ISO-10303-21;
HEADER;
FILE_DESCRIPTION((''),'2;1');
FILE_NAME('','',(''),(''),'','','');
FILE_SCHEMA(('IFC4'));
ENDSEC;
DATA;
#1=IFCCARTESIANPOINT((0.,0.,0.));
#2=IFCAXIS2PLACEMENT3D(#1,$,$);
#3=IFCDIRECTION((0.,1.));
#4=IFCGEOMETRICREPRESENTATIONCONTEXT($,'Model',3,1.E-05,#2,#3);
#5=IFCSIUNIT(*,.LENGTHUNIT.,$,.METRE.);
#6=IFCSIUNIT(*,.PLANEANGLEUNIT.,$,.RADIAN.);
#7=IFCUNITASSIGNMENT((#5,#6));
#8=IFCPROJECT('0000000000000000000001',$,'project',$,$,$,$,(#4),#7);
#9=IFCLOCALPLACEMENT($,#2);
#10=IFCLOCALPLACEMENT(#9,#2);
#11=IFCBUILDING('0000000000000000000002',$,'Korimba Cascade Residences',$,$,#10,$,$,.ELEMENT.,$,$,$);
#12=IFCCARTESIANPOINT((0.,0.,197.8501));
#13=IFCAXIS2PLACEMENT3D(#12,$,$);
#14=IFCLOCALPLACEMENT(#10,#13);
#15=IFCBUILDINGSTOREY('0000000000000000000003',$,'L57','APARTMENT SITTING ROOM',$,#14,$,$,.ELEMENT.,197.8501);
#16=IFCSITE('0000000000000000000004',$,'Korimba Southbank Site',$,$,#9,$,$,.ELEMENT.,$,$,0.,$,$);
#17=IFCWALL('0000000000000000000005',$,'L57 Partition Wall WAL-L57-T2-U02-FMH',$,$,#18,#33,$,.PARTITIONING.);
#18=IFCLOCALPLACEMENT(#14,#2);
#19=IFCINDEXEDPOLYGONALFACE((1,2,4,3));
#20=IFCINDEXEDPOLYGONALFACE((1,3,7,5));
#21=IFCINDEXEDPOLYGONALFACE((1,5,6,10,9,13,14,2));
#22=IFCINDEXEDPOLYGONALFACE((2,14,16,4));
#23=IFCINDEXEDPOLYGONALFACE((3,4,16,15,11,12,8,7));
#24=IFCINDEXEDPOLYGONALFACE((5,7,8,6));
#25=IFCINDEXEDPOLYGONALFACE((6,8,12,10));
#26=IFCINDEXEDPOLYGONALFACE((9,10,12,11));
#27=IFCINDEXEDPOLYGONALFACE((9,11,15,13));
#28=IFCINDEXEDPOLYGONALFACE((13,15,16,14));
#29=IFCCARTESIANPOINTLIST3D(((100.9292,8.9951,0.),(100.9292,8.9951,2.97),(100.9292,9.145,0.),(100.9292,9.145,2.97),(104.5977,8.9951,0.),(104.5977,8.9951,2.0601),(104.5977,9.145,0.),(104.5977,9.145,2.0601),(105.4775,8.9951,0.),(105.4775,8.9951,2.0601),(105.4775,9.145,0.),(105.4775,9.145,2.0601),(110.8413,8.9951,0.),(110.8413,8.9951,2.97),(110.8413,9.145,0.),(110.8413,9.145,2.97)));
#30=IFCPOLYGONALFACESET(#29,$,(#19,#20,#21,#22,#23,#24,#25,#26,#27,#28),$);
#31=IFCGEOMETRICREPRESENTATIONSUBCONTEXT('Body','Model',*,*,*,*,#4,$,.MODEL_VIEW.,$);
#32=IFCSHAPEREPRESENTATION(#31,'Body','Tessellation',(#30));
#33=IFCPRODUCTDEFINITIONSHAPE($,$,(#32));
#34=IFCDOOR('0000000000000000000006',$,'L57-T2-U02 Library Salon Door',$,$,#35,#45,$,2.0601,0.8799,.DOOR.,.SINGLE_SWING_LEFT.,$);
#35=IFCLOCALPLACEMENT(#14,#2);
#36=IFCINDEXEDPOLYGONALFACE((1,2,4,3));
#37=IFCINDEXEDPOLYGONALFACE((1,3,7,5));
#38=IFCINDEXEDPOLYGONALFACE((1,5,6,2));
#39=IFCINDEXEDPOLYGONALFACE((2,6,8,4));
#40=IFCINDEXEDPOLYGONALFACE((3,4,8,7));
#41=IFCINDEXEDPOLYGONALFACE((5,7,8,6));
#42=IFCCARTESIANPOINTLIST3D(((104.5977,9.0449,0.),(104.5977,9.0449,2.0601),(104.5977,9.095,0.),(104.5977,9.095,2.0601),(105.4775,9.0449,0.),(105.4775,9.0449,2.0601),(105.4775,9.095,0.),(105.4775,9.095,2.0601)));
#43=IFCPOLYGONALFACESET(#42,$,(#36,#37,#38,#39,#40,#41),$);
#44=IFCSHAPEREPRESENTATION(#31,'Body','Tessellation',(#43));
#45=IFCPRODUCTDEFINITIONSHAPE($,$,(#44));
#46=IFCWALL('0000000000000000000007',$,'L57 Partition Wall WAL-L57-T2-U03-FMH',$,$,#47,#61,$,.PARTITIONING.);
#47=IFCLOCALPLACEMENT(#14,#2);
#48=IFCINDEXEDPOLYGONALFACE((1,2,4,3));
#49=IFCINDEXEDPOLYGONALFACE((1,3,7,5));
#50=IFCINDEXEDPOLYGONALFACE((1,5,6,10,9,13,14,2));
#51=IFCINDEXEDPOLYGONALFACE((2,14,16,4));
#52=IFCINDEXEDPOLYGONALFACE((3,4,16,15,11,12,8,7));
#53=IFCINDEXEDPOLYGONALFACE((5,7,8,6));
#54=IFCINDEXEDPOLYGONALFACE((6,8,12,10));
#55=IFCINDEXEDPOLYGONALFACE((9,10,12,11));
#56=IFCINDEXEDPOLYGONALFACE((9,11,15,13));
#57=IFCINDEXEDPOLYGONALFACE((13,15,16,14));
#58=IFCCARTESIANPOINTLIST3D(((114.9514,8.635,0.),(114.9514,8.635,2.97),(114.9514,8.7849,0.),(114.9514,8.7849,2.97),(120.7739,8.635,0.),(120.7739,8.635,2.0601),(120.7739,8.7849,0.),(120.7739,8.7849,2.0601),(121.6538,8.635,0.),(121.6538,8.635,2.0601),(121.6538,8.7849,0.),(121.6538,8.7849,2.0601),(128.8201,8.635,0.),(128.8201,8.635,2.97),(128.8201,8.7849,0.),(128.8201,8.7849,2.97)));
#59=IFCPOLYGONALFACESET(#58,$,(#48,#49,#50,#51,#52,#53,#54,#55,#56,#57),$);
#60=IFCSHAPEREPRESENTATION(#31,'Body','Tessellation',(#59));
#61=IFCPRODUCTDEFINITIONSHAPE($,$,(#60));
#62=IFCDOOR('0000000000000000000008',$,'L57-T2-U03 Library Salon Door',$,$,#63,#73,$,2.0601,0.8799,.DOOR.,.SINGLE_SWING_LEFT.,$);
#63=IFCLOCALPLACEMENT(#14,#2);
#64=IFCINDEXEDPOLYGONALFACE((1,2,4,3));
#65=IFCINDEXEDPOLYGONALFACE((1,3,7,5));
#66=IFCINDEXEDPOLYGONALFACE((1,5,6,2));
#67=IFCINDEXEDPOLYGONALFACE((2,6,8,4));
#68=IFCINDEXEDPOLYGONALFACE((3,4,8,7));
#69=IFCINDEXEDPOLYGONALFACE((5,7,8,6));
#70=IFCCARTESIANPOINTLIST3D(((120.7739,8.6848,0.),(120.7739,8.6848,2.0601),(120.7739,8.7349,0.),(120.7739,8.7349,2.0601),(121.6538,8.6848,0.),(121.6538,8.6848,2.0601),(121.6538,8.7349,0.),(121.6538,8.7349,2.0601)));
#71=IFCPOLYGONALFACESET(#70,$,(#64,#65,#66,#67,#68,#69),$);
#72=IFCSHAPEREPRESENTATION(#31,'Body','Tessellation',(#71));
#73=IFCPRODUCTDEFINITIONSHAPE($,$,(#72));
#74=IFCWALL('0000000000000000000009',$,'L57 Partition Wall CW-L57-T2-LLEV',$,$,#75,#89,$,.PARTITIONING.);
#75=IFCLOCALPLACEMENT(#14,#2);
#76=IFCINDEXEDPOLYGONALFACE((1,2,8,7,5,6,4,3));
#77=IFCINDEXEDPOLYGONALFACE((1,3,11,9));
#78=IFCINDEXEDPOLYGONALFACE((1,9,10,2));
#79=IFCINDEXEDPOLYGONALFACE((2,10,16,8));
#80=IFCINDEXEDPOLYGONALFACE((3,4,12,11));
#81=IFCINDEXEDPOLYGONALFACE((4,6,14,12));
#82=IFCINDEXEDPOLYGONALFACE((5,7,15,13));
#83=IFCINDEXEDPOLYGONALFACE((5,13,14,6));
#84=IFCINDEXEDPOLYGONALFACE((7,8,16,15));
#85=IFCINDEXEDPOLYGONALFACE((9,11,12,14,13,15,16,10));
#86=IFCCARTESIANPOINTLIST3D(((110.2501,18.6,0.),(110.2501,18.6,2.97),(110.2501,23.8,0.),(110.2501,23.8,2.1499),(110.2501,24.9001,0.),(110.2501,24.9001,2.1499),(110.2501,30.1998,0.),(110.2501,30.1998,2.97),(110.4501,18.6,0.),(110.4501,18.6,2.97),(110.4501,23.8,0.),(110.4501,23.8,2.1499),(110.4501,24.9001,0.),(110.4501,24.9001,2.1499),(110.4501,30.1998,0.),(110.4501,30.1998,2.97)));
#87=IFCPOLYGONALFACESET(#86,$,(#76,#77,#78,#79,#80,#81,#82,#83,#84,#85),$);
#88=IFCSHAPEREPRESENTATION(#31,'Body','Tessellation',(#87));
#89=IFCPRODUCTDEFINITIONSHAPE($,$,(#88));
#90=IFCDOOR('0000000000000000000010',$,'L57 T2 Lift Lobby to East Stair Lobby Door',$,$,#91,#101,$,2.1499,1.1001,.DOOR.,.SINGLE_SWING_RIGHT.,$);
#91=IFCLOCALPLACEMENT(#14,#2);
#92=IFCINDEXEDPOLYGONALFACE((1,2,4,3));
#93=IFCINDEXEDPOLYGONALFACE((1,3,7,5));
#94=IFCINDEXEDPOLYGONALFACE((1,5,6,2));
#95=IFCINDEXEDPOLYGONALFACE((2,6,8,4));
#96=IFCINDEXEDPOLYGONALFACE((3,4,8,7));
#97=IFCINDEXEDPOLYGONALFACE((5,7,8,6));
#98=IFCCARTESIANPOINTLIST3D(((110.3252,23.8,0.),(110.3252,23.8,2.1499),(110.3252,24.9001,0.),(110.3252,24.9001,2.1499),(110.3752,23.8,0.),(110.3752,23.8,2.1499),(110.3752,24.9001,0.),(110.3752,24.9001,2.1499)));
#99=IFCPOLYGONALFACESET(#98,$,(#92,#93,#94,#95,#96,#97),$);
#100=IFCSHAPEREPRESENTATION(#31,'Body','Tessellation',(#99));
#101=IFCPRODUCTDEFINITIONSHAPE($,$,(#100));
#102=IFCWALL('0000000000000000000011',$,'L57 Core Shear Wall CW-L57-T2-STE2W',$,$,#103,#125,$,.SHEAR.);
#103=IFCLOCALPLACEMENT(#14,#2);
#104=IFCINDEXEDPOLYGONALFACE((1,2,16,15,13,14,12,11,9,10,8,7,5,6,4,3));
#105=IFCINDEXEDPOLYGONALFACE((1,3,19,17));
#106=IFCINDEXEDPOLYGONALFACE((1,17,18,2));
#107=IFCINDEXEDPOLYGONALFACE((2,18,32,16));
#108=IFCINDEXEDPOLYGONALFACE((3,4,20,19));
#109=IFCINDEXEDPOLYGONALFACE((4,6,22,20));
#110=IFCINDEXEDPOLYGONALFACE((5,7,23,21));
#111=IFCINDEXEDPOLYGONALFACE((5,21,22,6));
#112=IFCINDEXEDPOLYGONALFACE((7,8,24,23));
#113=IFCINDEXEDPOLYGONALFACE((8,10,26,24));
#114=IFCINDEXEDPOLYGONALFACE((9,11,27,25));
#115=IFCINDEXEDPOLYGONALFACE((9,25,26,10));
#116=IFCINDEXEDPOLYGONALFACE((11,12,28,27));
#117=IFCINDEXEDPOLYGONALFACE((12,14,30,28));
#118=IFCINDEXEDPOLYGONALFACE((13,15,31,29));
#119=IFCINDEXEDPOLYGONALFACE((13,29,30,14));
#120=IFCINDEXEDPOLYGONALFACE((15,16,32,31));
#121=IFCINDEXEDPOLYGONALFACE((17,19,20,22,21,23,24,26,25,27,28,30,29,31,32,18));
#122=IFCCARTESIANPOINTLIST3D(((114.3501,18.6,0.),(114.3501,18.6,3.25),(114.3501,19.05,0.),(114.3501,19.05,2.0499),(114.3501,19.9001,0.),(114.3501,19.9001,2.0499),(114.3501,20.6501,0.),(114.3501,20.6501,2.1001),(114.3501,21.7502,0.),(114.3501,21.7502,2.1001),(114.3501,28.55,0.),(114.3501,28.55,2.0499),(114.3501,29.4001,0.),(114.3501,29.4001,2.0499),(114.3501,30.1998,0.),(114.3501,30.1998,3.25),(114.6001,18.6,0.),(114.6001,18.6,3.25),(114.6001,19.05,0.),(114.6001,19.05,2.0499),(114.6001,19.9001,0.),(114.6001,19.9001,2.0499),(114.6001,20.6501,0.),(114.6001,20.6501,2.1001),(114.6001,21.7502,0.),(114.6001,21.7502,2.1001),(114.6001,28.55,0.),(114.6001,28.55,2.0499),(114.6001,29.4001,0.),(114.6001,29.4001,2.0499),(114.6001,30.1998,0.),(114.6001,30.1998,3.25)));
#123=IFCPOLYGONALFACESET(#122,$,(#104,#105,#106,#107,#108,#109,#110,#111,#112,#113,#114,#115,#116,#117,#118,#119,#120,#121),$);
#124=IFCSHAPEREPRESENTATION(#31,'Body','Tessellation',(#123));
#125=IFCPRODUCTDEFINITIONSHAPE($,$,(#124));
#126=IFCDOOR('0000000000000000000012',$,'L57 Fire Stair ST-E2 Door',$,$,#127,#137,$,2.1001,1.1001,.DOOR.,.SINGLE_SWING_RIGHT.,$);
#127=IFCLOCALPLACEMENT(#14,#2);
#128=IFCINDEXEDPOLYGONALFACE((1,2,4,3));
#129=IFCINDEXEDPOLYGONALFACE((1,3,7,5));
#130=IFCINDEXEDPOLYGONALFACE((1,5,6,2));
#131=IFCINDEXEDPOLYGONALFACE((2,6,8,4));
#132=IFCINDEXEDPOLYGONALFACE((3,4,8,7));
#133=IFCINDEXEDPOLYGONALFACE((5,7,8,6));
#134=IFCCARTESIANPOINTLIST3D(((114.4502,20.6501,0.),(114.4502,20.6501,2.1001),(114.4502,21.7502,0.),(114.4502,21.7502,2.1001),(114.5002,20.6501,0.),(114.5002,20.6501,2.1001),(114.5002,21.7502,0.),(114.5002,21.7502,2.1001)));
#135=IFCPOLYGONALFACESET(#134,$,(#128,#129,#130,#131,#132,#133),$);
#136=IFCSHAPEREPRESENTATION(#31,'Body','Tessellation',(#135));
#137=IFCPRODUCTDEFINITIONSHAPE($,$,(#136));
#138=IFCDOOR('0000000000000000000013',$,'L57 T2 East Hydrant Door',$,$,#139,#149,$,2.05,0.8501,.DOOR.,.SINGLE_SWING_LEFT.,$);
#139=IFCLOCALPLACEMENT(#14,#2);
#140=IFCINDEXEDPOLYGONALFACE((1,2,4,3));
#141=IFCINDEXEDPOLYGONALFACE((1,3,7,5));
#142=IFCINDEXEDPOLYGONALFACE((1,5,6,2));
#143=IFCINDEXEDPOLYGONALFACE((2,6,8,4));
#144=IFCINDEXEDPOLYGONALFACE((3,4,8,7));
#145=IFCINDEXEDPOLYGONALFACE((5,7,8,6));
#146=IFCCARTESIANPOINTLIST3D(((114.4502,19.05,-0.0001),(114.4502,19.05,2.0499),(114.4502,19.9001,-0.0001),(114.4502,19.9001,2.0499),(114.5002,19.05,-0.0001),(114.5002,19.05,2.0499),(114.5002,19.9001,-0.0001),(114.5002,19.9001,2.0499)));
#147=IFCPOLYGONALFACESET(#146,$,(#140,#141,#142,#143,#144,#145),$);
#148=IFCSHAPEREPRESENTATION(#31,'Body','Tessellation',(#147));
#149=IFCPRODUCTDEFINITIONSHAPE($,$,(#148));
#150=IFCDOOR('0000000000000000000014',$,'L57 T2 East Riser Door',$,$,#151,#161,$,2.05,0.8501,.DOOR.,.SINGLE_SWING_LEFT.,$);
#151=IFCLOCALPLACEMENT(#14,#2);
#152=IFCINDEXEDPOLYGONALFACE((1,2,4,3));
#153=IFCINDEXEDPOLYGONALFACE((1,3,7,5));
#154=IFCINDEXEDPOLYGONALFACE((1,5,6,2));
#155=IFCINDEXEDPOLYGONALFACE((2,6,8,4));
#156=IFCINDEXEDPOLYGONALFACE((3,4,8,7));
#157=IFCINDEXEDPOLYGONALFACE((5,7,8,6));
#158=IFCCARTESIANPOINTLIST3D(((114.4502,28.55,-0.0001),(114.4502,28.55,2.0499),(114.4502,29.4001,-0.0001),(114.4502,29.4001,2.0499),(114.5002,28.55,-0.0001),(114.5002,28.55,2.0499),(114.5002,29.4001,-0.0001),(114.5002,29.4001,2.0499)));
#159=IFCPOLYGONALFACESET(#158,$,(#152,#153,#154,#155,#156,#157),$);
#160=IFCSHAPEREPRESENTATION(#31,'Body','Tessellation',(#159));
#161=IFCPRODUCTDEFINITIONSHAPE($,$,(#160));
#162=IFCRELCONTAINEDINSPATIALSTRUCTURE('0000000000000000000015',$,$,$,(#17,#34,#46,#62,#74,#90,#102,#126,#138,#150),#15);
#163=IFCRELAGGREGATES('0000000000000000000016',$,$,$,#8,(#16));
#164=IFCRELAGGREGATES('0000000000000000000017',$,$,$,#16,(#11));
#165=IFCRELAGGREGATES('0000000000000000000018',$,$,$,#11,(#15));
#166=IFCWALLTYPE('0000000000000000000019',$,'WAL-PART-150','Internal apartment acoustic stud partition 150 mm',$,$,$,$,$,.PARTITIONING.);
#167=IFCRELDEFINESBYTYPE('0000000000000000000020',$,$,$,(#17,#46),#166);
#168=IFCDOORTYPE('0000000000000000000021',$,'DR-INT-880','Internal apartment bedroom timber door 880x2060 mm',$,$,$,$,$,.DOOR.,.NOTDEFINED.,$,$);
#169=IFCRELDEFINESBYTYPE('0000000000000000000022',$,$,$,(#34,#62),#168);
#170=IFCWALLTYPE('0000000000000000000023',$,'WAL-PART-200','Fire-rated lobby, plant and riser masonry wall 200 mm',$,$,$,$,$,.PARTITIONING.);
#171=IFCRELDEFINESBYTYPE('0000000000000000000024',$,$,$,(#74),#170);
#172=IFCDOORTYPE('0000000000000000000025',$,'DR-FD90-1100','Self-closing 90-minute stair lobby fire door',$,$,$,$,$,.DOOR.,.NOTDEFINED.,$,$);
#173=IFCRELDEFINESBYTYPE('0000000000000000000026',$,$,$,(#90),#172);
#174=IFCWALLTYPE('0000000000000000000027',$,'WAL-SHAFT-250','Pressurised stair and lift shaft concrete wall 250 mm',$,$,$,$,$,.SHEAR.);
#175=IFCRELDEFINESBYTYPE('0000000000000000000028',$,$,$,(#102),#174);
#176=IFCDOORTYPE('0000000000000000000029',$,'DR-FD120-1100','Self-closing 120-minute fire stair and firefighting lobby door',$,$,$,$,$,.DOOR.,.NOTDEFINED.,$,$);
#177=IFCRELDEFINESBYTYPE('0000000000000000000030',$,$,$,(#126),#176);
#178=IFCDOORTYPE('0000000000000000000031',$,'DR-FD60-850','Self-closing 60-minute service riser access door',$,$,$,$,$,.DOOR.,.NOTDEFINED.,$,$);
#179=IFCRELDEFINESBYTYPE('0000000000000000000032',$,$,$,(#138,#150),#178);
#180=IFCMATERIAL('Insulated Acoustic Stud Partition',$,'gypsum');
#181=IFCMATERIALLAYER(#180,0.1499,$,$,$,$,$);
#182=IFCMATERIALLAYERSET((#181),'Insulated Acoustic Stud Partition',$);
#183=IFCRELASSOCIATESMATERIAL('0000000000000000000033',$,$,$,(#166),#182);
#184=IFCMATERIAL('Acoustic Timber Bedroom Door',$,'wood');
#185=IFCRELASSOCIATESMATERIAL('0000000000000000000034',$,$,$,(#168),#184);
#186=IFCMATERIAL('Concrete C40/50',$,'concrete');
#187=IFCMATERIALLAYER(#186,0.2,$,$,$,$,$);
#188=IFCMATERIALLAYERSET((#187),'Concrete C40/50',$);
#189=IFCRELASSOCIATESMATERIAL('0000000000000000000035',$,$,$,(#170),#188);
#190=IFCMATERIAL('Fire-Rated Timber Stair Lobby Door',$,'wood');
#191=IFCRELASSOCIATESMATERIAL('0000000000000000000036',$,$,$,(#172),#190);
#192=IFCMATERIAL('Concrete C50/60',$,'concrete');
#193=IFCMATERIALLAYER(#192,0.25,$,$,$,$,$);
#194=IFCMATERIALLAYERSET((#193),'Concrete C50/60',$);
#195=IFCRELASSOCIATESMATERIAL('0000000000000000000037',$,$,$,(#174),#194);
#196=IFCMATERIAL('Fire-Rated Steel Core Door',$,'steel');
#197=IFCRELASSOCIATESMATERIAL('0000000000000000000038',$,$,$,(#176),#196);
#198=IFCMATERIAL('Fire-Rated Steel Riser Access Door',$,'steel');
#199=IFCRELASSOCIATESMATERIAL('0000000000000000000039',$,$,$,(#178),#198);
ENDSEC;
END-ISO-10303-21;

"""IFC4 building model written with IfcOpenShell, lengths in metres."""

from ifc_helpers import new_model, si_unit, direction, frame, frame_2d, origin, place, context, subcontext, project, spatial, rectangle, extrude, material, layer, layer_set, type_object, element, fill, save


model = new_model("IFC4")

# Units and contexts
model_context = context("Model", 3, precision=1e-05, world=origin(), true_north=direction((0.0, 1.0)))
body_context = subcontext(model_context, "Body", "Model", "MODEL_VIEW")
ifc_project = project(units=[si_unit("LENGTHUNIT", "METRE"), si_unit("PLANEANGLEUNIT", "RADIAN")], contexts=[model_context])

# Site, building, storey
site_placement = place(None, origin())
site = spatial("IfcSite", under=ifc_project, at=site_placement, Name="Korimba Southbank Site", CompositionType="ELEMENT", RefElevation=0.0)
building_placement = place(site_placement, origin())
building = spatial("IfcBuilding", under=site, at=building_placement, Name="Korimba Cascade Residences", CompositionType="ELEMENT")
storey_placement = place(building_placement, frame((0.0, 0.0, 197.8501)))
storey = spatial("IfcBuildingStorey", under=building, at=storey_placement, Name="L57", Description="APARTMENT SITTING ROOM", CompositionType="ELEMENT", Elevation=197.8501)

# Shared definitions
ifc_material_1 = material(Name="Concrete C50/60", Category="concrete")

# Shared definitions
ifc_material_2 = material(Name="Insulated Acoustic Stud Partition", Category="gypsum")
ifc_layer_1 = layer(ifc_material_2, 0.1499)
ifc_layer_set_1 = layer_set([ifc_layer_1], Name="Insulated Acoustic Stud Partition")
wall_type_1 = type_object("IfcWallType", Name="WAL-PART-150", Description="Internal apartment acoustic stud partition 150 mm", PredefinedType="PARTITIONING", material=ifc_layer_set_1)

# Walls, openings, doors
wall_1_placement = place(storey_placement, frame((100.9292, 9.0701, 0.0), z_axis=(0.0, 0.0, 1.0), x_axis=(1.0, 0.0, 0.0)))
wall_1 = element("IfcWall", 1, at=wall_1_placement, inside=storey, type_object=wall_type_1, Name="L57 Partition Wall WAL-L57-T2-U02-FMH", PredefinedType="PARTITIONING", context=body_context, shape_type="SweptSolid", body=[
    extrude(rectangle(XDim=9.9121, YDim=0.1499, at=frame_2d((4.9561, 0.0))), origin(), (0.0, 0.0, 1.0), 2.97),
])
opening_1_placement = place(wall_1_placement, frame((3.6685, 0.0, 0.0)))
opening_1 = element("IfcOpeningElement", 2, at=opening_1_placement, cuts=wall_1, PredefinedType="OPENING", context=body_context, shape_type="SweptSolid", body=[
    extrude(rectangle(XDim=0.8799, YDim=2.0601, at=frame_2d((0.4399, 1.03))), frame((0.0, 0.085, 0.0), z_axis=(0.0, -1.0, 0.0), x_axis=(1.0, 0.0, 0.0)), (0.0, 0.0, 1.0), 0.1699),
])
ifc_material_3 = material(Name="Acoustic Timber Bedroom Door", Category="wood")
door_type_1 = type_object("IfcDoorType", Name="DR-INT-880", Description="Internal apartment bedroom timber door 880x2060 mm", OperationType="NOTDEFINED", PredefinedType="DOOR", material=ifc_material_3)
door_1_placement = place(opening_1_placement, origin())
door_1 = element("IfcDoor", 3, at=door_1_placement, inside=storey, type_object=door_type_1, Name="L57-T2-U02 Library Salon Door", OperationType="SINGLE_SWING_LEFT", OverallHeight=2.0601, OverallWidth=0.8799, PredefinedType="DOOR", context=body_context, shape_type="SweptSolid", body=[
    extrude(rectangle(XDim=0.8799, YDim=2.0601, at=frame_2d((0.4399, 1.03))), frame((0.0, 0.0249, 0.0), z_axis=(0.0, -1.0, 0.0), x_axis=(1.0, 0.0, 0.0)), (0.0, 0.0, 1.0), 0.05),
])
fill(opening_1, door_1)
wall_2_placement = place(storey_placement, frame((114.9514, 8.71, 0.0), z_axis=(0.0, 0.0, 1.0), x_axis=(1.0, 0.0, 0.0)))
wall_2 = element("IfcWall", 4, at=wall_2_placement, inside=storey, type_object=wall_type_1, Name="L57 Partition Wall WAL-L57-T2-U03-FMH", PredefinedType="PARTITIONING", context=body_context, shape_type="SweptSolid", body=[
    extrude(rectangle(XDim=13.8687, YDim=0.1499, at=frame_2d((6.9343, 0.0))), origin(), (0.0, 0.0, 1.0), 2.97),
])
opening_2_placement = place(wall_2_placement, frame((5.8225, 0.0, 0.0)))
opening_2 = element("IfcOpeningElement", 5, at=opening_2_placement, cuts=wall_2, PredefinedType="OPENING", context=body_context, shape_type="SweptSolid", body=[
    extrude(rectangle(XDim=0.8799, YDim=2.0601, at=frame_2d((0.4399, 1.03))), frame((0.0, 0.085, 0.0), z_axis=(0.0, -1.0, 0.0), x_axis=(1.0, 0.0, 0.0)), (0.0, 0.0, 1.0), 0.1699),
])
door_2_placement = place(opening_2_placement, origin())
door_2 = element("IfcDoor", 6, at=door_2_placement, inside=storey, type_object=door_type_1, Name="L57-T2-U03 Library Salon Door", OperationType="SINGLE_SWING_LEFT", OverallHeight=2.0601, OverallWidth=0.8799, PredefinedType="DOOR", context=body_context, shape_type="SweptSolid", body=[
    extrude(rectangle(XDim=0.8799, YDim=2.0601, at=frame_2d((0.4399, 1.03))), frame((0.0, 0.0249, 0.0), z_axis=(0.0, -1.0, 0.0), x_axis=(1.0, 0.0, 0.0)), (0.0, 0.0, 1.0), 0.05),
])
fill(opening_2, door_2)
ifc_material_4 = material(Name="Concrete C40/50", Category="concrete")
ifc_layer_2 = layer(ifc_material_4, 0.2)
ifc_layer_set_2 = layer_set([ifc_layer_2], Name="Concrete C40/50")
wall_type_2 = type_object("IfcWallType", Name="WAL-PART-200", Description="Fire-rated lobby, plant and riser masonry wall 200 mm", PredefinedType="PARTITIONING", material=ifc_layer_set_2)
wall_3_placement = place(storey_placement, frame((110.3501, 18.6001, 0.0), z_axis=(0.0, 0.0, 1.0), x_axis=(0.0, 1.0, 0.0)))
wall_3 = element("IfcWall", 7, at=wall_3_placement, inside=storey, type_object=wall_type_2, Name="L57 Partition Wall CW-L57-T2-LLEV", PredefinedType="PARTITIONING", context=body_context, shape_type="SweptSolid", body=[
    extrude(rectangle(XDim=11.5999, YDim=0.2, at=frame_2d((5.7998, 0.0))), origin(), (0.0, 0.0, 1.0), 2.97),
])
opening_3_placement = place(wall_3_placement, frame((5.2, 0.0, 0.0)))
opening_3 = element("IfcOpeningElement", 8, at=opening_3_placement, cuts=wall_3, PredefinedType="OPENING", context=body_context, shape_type="SweptSolid", body=[
    extrude(rectangle(XDim=1.1001, YDim=2.1499, at=frame_2d((0.55, 1.075))), frame((0.0, 0.1099, 0.0), z_axis=(0.0, -1.0, 0.0), x_axis=(1.0, 0.0, 0.0)), (0.0, 0.0, 1.0), 0.22),
])
ifc_material_5 = material(Name="Fire-Rated Timber Stair Lobby Door", Category="wood")
door_type_2 = type_object("IfcDoorType", Name="DR-FD90-1100", Description="Self-closing 90-minute stair lobby fire door", OperationType="NOTDEFINED", PredefinedType="DOOR", material=ifc_material_5)
door_3_placement = place(opening_3_placement, origin())
door_3 = element("IfcDoor", 9, at=door_3_placement, inside=storey, type_object=door_type_2, Name="L57 T2 Lift Lobby to East Stair Lobby Door", OperationType="SINGLE_SWING_RIGHT", OverallHeight=2.1499, OverallWidth=1.1001, PredefinedType="DOOR", context=body_context, shape_type="SweptSolid", body=[
    extrude(rectangle(XDim=1.1001, YDim=2.1499, at=frame_2d((0.55, 1.075))), frame((0.0, 0.0249, 0.0), z_axis=(0.0, -1.0, 0.0), x_axis=(1.0, 0.0, 0.0)), (0.0, 0.0, 1.0), 0.05),
])
fill(opening_3, door_3)

# Wall, openings, doors
ifc_layer_3 = layer(ifc_material_1, 0.25)
ifc_layer_set_3 = layer_set([ifc_layer_3], Name="Concrete C50/60")
wall_type_3 = type_object("IfcWallType", Name="WAL-SHAFT-250", Description="Pressurised stair and lift shaft concrete wall 250 mm", PredefinedType="SHEAR", material=ifc_layer_set_3)
wall_4_placement = place(storey_placement, frame((114.4751, 18.6001, 0.0), z_axis=(0.0, 0.0, 1.0), x_axis=(0.0, 1.0, 0.0)))
wall_4 = element("IfcWall", 10, at=wall_4_placement, inside=storey, type_object=wall_type_3, Name="L57 Core Shear Wall CW-L57-T2-STE2W", PredefinedType="SHEAR", context=body_context, shape_type="SweptSolid", body=[
    extrude(rectangle(XDim=11.5999, YDim=0.25, at=frame_2d((5.7998, 0.0))), origin(), (0.0, 0.0, 1.0), 3.25),
])
opening_4_placement = place(wall_4_placement, frame((0.45, 0.0, 0.0)))
opening_4 = element("IfcOpeningElement", 11, at=opening_4_placement, cuts=wall_4, PredefinedType="OPENING", context=body_context, shape_type="SweptSolid", body=[
    extrude(rectangle(XDim=0.8501, YDim=2.05, at=frame_2d((0.425, 1.0249))), frame((0.0, 0.135, 0.0), z_axis=(0.0, -1.0, 0.0), x_axis=(1.0, 0.0, 0.0)), (0.0, 0.0, 1.0), 0.27),
])
opening_5_placement = place(wall_4_placement, frame((2.05, 0.0, 0.0)))
opening_5 = element("IfcOpeningElement", 12, at=opening_5_placement, cuts=wall_4, PredefinedType="OPENING", context=body_context, shape_type="SweptSolid", body=[
    extrude(rectangle(XDim=1.1001, YDim=2.1001, at=frame_2d((0.55, 1.05))), frame((0.0, 0.135, 0.0), z_axis=(0.0, -1.0, 0.0), x_axis=(1.0, 0.0, 0.0)), (0.0, 0.0, 1.0), 0.27),
])
opening_6_placement = place(wall_4_placement, frame((9.95, 0.0, 0.0)))
opening_6 = element("IfcOpeningElement", 13, at=opening_6_placement, cuts=wall_4, PredefinedType="OPENING", context=body_context, shape_type="SweptSolid", body=[
    extrude(rectangle(XDim=0.8501, YDim=2.05, at=frame_2d((0.425, 1.0249))), frame((0.0, 0.135, 0.0), z_axis=(0.0, -1.0, 0.0), x_axis=(1.0, 0.0, 0.0)), (0.0, 0.0, 1.0), 0.27),
])
ifc_material_6 = material(Name="Fire-Rated Steel Core Door", Category="steel")
door_type_3 = type_object("IfcDoorType", Name="DR-FD120-1100", Description="Self-closing 120-minute fire stair and firefighting lobby door", OperationType="NOTDEFINED", PredefinedType="DOOR", material=ifc_material_6)
door_4_placement = place(opening_5_placement, origin())
door_4 = element("IfcDoor", 14, at=door_4_placement, inside=storey, type_object=door_type_3, Name="L57 Fire Stair ST-E2 Door", OperationType="SINGLE_SWING_RIGHT", OverallHeight=2.1001, OverallWidth=1.1001, PredefinedType="DOOR", context=body_context, shape_type="SweptSolid", body=[
    extrude(rectangle(XDim=1.1001, YDim=2.1001, at=frame_2d((0.55, 1.05))), frame((0.0, 0.0249, 0.0), z_axis=(0.0, -1.0, 0.0), x_axis=(1.0, 0.0, 0.0)), (0.0, 0.0, 1.0), 0.05),
])
fill(opening_5, door_4)
ifc_material_7 = material(Name="Fire-Rated Steel Riser Access Door", Category="steel")
door_type_4 = type_object("IfcDoorType", Name="DR-FD60-850", Description="Self-closing 60-minute service riser access door", OperationType="NOTDEFINED", PredefinedType="DOOR", material=ifc_material_7)
door_5_placement = place(opening_4_placement, origin())
door_5 = element("IfcDoor", 15, at=door_5_placement, inside=storey, type_object=door_type_4, Name="L57 T2 East Hydrant Door", OperationType="SINGLE_SWING_LEFT", OverallHeight=2.05, OverallWidth=0.8501, PredefinedType="DOOR", context=body_context, shape_type="SweptSolid", body=[
    extrude(rectangle(XDim=0.8501, YDim=2.05, at=frame_2d((0.425, 1.0249))), frame((0.0, 0.0249, 0.0), z_axis=(0.0, -1.0, 0.0), x_axis=(1.0, 0.0, 0.0)), (0.0, 0.0, 1.0), 0.05),
])
fill(opening_4, door_5)
door_6_placement = place(opening_6_placement, origin())
door_6 = element("IfcDoor", 16, at=door_6_placement, inside=storey, type_object=door_type_4, Name="L57 T2 East Riser Door", OperationType="SINGLE_SWING_LEFT", OverallHeight=2.05, OverallWidth=0.8501, PredefinedType="DOOR", context=body_context, shape_type="SweptSolid", body=[
    extrude(rectangle(XDim=0.8501, YDim=2.05, at=frame_2d((0.425, 1.0249))), frame((0.0, 0.0249, 0.0), z_axis=(0.0, -1.0, 0.0), x_axis=(1.0, 0.0, 0.0)), (0.0, 0.0, 1.0), 0.05),
])
fill(opening_6, door_6)

save(model, "model.ifc")
